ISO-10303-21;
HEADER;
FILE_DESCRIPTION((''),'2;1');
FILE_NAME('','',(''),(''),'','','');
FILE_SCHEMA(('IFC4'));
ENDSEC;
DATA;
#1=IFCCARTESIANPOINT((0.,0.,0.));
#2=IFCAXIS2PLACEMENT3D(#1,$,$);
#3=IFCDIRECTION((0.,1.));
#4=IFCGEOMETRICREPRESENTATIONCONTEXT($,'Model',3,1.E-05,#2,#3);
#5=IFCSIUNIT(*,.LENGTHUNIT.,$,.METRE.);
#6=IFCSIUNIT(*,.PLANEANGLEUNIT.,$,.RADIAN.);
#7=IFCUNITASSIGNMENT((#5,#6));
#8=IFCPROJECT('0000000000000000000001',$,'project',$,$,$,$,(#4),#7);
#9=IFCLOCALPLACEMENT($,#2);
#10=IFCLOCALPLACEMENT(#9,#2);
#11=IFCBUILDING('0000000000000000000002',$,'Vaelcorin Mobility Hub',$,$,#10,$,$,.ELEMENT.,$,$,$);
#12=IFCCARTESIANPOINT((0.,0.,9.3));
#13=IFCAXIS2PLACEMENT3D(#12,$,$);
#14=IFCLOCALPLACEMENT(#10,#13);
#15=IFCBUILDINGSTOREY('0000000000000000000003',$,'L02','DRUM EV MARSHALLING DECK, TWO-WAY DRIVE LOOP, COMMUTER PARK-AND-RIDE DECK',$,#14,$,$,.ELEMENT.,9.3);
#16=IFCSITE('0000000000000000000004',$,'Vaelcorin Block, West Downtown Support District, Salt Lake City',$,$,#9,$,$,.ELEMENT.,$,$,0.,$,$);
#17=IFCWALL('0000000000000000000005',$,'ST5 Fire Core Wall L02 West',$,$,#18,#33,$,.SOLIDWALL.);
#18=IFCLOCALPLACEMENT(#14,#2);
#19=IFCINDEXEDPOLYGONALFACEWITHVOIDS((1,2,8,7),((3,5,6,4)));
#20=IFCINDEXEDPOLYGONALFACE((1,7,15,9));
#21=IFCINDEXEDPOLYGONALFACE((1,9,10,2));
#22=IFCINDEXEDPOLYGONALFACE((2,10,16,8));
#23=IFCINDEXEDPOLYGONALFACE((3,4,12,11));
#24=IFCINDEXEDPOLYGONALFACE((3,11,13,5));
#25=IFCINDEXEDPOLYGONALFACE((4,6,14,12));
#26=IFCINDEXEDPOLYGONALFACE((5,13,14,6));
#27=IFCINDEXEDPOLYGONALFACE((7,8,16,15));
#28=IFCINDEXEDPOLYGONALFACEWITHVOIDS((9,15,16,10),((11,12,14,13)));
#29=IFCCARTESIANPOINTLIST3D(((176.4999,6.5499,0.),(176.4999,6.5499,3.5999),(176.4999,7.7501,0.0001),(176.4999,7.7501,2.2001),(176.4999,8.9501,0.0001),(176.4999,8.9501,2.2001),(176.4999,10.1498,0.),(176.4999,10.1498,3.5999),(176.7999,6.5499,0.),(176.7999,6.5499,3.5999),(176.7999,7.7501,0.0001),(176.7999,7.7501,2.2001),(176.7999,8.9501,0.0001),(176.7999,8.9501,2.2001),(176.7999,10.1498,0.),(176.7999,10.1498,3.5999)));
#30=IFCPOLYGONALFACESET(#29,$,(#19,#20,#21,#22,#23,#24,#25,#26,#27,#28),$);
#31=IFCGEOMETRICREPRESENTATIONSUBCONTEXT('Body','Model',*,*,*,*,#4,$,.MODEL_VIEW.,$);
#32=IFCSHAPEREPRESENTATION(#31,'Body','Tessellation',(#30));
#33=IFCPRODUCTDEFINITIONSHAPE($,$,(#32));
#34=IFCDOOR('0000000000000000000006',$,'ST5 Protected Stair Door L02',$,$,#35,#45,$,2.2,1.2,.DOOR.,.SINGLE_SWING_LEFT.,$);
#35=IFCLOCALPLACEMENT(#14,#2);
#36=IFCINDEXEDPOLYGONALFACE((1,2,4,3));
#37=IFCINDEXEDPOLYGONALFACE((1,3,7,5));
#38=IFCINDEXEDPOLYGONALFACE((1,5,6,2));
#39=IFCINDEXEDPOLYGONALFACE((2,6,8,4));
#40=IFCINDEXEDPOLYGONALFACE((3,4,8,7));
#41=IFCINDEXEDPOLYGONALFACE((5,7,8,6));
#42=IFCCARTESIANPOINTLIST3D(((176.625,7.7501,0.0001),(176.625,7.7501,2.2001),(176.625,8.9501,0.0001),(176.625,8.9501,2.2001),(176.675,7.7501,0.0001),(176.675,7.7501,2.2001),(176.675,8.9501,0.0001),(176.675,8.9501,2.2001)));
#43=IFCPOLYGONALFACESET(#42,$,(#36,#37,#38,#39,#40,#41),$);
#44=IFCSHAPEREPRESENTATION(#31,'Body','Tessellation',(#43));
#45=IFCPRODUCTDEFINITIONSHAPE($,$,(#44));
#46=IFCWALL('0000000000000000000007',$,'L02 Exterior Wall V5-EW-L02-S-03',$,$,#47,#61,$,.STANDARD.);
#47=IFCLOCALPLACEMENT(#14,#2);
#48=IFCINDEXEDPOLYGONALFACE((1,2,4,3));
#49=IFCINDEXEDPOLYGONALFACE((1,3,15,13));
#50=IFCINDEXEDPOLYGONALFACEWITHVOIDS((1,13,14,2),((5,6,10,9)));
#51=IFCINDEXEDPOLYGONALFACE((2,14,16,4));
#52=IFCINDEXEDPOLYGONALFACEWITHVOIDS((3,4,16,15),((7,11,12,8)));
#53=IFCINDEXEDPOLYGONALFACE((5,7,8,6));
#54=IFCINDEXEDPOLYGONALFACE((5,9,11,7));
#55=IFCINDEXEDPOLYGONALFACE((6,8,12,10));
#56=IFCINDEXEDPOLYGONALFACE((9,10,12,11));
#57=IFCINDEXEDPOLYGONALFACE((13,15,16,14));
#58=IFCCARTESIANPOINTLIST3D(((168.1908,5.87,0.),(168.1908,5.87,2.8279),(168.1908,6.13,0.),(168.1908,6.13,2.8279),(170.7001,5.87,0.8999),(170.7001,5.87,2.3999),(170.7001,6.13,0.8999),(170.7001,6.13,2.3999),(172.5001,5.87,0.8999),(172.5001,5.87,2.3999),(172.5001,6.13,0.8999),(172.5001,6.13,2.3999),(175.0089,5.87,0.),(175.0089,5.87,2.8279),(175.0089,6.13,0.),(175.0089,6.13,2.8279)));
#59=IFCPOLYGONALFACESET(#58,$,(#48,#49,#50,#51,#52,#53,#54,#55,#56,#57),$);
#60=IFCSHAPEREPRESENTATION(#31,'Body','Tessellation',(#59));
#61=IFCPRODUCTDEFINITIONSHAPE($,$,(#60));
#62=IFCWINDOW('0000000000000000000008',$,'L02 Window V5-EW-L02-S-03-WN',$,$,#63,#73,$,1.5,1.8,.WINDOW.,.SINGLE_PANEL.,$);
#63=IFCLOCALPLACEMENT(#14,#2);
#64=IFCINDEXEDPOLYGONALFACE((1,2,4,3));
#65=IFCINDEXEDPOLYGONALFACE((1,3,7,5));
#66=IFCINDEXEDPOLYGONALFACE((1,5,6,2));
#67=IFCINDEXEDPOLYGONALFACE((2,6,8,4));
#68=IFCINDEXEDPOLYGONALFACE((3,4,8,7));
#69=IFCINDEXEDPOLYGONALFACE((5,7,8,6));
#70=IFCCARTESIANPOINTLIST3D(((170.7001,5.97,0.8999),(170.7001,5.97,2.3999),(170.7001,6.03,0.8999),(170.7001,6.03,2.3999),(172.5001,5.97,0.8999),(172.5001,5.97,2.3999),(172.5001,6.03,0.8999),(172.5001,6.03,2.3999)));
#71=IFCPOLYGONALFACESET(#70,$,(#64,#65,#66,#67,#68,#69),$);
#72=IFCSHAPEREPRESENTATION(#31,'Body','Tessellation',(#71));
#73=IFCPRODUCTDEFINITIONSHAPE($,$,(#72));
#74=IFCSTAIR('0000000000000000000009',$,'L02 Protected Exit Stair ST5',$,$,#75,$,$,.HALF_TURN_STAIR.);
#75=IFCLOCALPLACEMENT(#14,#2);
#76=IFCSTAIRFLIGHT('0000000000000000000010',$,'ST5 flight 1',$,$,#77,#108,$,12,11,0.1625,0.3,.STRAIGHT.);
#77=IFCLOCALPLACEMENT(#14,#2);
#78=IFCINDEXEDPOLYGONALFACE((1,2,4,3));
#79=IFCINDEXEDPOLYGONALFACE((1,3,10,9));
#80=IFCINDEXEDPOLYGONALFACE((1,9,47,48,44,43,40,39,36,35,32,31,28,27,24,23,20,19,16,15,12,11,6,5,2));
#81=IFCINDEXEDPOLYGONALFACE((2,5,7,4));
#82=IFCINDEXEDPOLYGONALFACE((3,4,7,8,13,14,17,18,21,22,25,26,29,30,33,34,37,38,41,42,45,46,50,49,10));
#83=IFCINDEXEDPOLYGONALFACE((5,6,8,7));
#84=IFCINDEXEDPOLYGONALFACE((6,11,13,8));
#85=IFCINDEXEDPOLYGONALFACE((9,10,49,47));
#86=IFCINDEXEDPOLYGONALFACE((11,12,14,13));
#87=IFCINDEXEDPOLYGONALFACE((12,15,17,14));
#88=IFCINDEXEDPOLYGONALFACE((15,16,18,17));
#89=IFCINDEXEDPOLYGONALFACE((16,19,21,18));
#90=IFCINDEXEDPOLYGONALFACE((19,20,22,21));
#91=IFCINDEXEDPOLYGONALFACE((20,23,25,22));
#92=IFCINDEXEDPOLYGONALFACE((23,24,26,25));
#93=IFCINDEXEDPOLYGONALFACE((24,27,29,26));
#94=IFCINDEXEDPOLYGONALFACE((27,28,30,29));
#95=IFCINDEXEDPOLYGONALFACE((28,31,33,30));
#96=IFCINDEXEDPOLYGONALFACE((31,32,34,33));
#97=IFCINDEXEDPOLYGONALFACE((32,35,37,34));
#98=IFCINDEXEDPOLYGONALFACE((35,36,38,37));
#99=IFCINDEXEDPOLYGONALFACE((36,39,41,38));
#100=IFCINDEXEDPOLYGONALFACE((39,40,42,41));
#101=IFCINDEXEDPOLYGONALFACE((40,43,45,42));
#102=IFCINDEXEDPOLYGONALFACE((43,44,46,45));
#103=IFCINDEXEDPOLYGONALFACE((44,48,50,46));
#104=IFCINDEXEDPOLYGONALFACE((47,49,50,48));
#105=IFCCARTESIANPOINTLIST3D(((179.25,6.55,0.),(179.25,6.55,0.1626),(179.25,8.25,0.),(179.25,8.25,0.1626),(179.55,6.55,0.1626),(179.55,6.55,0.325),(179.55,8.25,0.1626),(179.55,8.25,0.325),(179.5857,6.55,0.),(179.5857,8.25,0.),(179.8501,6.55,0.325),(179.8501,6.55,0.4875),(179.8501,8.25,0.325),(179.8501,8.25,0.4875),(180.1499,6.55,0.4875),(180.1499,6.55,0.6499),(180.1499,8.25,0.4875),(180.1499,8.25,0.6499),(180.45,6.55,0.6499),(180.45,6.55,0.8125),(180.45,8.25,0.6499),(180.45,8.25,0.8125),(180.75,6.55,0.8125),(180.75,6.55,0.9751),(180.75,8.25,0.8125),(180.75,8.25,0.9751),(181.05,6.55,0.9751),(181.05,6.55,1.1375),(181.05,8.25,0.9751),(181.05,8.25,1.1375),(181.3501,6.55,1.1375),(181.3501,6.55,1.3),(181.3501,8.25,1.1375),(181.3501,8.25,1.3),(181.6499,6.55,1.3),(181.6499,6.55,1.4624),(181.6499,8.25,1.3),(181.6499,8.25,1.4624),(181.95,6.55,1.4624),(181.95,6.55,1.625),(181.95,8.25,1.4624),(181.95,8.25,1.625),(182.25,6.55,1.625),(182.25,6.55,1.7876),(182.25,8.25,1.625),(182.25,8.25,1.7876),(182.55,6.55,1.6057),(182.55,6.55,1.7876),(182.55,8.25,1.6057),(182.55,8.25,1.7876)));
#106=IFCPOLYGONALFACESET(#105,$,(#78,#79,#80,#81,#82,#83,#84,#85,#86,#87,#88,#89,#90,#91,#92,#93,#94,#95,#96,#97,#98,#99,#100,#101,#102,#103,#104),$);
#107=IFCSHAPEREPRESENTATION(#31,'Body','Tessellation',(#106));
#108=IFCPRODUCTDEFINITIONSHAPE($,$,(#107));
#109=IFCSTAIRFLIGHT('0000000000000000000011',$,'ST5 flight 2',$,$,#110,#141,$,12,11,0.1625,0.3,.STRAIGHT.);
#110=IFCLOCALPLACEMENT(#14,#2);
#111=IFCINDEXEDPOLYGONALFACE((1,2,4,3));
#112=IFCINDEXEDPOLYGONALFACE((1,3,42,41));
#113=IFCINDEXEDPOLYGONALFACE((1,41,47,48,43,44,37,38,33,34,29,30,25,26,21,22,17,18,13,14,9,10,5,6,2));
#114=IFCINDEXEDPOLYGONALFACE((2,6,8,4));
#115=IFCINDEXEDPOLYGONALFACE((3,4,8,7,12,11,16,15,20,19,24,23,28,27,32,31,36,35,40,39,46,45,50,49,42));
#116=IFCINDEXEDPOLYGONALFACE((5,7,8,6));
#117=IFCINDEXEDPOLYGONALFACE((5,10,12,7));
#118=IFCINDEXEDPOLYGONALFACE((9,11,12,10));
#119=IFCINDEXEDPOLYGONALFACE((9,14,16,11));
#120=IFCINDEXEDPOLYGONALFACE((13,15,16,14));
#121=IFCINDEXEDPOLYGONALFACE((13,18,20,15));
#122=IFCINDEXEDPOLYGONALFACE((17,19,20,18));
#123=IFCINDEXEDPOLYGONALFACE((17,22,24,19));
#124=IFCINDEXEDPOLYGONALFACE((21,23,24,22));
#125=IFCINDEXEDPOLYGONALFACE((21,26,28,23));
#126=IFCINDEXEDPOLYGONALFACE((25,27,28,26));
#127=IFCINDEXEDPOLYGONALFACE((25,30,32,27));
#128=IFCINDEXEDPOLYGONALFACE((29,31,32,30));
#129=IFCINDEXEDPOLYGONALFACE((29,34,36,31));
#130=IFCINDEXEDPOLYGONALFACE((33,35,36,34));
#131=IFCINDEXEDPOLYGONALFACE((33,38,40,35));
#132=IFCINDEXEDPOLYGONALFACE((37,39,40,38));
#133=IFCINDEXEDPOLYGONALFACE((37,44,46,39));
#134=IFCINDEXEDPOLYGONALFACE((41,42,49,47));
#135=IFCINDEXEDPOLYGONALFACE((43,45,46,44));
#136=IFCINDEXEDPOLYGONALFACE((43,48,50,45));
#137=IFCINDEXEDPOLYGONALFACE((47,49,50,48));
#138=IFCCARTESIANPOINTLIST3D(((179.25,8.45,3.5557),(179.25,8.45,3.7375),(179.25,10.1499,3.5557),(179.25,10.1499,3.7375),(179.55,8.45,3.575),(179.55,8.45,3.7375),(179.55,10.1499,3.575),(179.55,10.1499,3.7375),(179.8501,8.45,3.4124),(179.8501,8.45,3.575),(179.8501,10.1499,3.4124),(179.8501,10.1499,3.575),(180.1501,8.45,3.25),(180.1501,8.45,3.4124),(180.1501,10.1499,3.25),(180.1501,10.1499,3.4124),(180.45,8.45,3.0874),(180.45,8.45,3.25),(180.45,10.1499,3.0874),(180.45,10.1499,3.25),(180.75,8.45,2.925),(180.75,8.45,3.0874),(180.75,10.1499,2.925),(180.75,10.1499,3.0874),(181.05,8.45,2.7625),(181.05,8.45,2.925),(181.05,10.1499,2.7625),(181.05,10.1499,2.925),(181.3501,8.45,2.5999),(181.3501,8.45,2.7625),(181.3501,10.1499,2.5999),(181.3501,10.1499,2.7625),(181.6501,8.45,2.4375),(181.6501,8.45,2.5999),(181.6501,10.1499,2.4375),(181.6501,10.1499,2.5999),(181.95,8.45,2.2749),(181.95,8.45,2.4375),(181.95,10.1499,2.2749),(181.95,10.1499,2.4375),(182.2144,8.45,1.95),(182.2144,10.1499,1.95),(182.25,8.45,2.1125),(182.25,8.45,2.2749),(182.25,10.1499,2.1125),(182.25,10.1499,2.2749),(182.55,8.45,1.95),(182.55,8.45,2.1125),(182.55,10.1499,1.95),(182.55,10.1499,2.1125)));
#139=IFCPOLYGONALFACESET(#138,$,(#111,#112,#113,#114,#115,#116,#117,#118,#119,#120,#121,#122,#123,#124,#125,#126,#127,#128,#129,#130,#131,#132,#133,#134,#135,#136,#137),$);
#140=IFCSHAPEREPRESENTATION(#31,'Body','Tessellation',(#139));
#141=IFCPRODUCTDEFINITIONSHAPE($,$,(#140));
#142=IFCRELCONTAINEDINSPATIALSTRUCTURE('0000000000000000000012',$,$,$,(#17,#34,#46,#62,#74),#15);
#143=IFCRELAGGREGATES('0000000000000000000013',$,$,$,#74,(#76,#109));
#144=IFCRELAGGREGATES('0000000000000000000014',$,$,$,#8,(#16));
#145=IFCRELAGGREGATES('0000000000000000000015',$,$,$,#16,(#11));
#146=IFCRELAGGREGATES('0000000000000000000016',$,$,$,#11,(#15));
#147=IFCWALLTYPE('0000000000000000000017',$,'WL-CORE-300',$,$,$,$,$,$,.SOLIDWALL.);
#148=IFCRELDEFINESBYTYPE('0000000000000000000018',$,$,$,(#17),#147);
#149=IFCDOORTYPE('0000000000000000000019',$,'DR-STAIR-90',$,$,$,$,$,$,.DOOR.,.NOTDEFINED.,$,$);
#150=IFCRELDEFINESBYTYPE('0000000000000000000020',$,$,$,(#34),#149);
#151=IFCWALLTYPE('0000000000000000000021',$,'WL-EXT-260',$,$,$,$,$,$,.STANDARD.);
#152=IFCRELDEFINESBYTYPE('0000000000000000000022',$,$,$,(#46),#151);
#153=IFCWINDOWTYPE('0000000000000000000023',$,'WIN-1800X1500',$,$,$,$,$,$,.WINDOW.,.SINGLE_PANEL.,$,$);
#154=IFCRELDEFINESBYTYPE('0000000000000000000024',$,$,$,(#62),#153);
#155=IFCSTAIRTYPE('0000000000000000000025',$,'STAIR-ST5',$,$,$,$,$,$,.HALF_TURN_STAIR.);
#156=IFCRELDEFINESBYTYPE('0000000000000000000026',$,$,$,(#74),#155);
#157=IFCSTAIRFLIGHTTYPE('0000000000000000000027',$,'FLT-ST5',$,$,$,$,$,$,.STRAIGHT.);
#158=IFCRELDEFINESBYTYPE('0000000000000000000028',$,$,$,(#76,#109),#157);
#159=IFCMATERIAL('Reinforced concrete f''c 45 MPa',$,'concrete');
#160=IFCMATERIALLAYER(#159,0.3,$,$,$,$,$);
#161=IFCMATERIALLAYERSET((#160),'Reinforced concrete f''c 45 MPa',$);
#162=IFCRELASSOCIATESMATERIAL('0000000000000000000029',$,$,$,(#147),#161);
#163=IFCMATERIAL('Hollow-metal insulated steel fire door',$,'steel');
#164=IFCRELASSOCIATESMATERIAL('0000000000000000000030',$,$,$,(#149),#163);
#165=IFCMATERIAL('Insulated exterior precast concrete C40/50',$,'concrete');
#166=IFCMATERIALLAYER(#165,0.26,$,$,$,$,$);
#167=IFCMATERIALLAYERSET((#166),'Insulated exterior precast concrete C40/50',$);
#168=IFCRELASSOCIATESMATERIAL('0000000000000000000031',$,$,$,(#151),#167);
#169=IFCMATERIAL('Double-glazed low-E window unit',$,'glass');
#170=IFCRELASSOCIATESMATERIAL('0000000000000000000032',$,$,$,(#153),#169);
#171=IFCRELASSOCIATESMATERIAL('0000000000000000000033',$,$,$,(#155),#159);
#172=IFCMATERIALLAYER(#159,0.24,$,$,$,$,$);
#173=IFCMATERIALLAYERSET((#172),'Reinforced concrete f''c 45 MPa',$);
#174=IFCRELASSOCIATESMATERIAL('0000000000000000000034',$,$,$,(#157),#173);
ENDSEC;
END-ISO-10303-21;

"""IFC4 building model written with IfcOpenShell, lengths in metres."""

from ifc_helpers import new_model, si_unit, direction, frame, frame_2d, origin, place, context, subcontext, project, spatial, polyline, rectangle, outline, extrude, material, layer, layer_set, type_object, element, fill, aggregate, save


model = new_model("IFC4")

# Units and contexts
model_context = context("Model", 3, precision=1e-05, world=origin(), true_north=direction((0.0, 1.0)))
body_context = subcontext(model_context, "Body", "Model", "MODEL_VIEW")
ifc_project = project(units=[si_unit("LENGTHUNIT", "METRE"), si_unit("PLANEANGLEUNIT", "RADIAN")], contexts=[model_context])

# Site, building, storey
site_placement = place(None, origin())
site = spatial("IfcSite", under=ifc_project, at=site_placement, Name="Vaelcorin Block, West Downtown Support District, Salt Lake City", CompositionType="ELEMENT", RefElevation=0.0)
building_placement = place(site_placement, origin())
building = spatial("IfcBuilding", under=site, at=building_placement, Name="Vaelcorin Mobility Hub", CompositionType="ELEMENT")
storey_placement = place(building_placement, frame((0.0, 0.0, 9.3)))
storey = spatial("IfcBuildingStorey", under=building, at=storey_placement, Name="L02", Description="DRUM EV MARSHALLING DECK, TWO-WAY DRIVE LOOP, COMMUTER PARK-AND-RIDE DECK", CompositionType="ELEMENT", Elevation=9.3)

# Shared definitions
ifc_material_1 = material(Name="Reinforced concrete f'c 45 MPa", Category="concrete")
ifc_layer_1 = layer(ifc_material_1, 0.3)
ifc_layer_set_1 = layer_set([ifc_layer_1], Name="Reinforced concrete f'c 45 MPa")
wall_type_1 = type_object("IfcWallType", Name="WL-CORE-300", PredefinedType="SOLIDWALL", material=ifc_layer_set_1)

# Wall, opening, door
wall_1_placement = place(storey_placement, frame((176.6499, 6.55, 0.0), z_axis=(0.0, 0.0, 1.0), x_axis=(0.0, 1.0, 0.0)))
wall_1 = element("IfcWall", 1, at=wall_1_placement, inside=storey, type_object=wall_type_1, Name="ST5 Fire Core Wall L02 West", PredefinedType="SOLIDWALL", context=body_context, shape_type="SweptSolid", body=[
    extrude(rectangle(XDim=3.5999, YDim=0.3, at=frame_2d((1.7998, 0.0))), origin(), (0.0, 0.0, 1.0), 3.5999),
])
opening_1_placement = place(wall_1_placement, frame((1.2, 0.0, 0.0)))
opening_1 = element("IfcOpeningElement", 2, at=opening_1_placement, cuts=wall_1, PredefinedType="OPENING", context=body_context, shape_type="SweptSolid", body=[
    extrude(rectangle(XDim=1.2, YDim=2.2, at=frame_2d((0.6001, 1.1001))), frame((0.0, 0.1599, 0.0), z_axis=(0.0, -1.0, 0.0), x_axis=(1.0, 0.0, 0.0)), (0.0, 0.0, 1.0), 0.3201),
])
ifc_material_2 = material(Name="Hollow-metal insulated steel fire door", Category="steel")
door_type = type_object("IfcDoorType", Name="DR-STAIR-90", OperationType="NOTDEFINED", PredefinedType="DOOR", material=ifc_material_2)
door_placement = place(opening_1_placement, origin())
door = element("IfcDoor", 3, at=door_placement, inside=storey, type_object=door_type, Name="ST5 Protected Stair Door L02", OperationType="SINGLE_SWING_LEFT", OverallHeight=2.2, OverallWidth=1.2, PredefinedType="DOOR", context=body_context, shape_type="SweptSolid", body=[
    extrude(rectangle(XDim=1.2, YDim=2.2, at=frame_2d((0.6001, 1.1001))), frame((0.0, 0.0249, 0.0), z_axis=(0.0, -1.0, 0.0), x_axis=(1.0, 0.0, 0.0)), (0.0, 0.0, 1.0), 0.05),
])
fill(opening_1, door)

# Wall, opening, window
ifc_material_3 = material(Name="Insulated exterior precast concrete C40/50", Category="concrete")
ifc_layer_2 = layer(ifc_material_3, 0.26)
ifc_layer_set_2 = layer_set([ifc_layer_2], Name="Insulated exterior precast concrete C40/50")
wall_type_2 = type_object("IfcWallType", Name="WL-EXT-260", PredefinedType="STANDARD", material=ifc_layer_set_2)
wall_2_placement = place(storey_placement, frame((175.009, 6.0, 0.0), z_axis=(0.0, 0.0, 1.0), x_axis=(-1.0, 0.0, 0.0)))
wall_2 = element("IfcWall", 4, at=wall_2_placement, inside=storey, type_object=wall_type_2, Name="L02 Exterior Wall V5-EW-L02-S-03", PredefinedType="STANDARD", context=body_context, shape_type="SweptSolid", body=[
    extrude(rectangle(XDim=6.8181, YDim=0.26, at=frame_2d((3.4092, 0.0))), origin(), (0.0, 0.0, 1.0), 2.8279),
])
opening_2_placement = place(wall_2_placement, frame((2.509, 0.0, 0.8999)))
opening_2 = element("IfcOpeningElement", 5, at=opening_2_placement, cuts=wall_2, PredefinedType="OPENING", context=body_context, shape_type="SweptSolid", body=[
    extrude(rectangle(XDim=1.8, YDim=1.5, at=frame_2d((0.8999, 0.75))), frame((0.0, 0.1399, 0.0), z_axis=(0.0, -1.0, 0.0), x_axis=(1.0, 0.0, 0.0)), (0.0, 0.0, 1.0), 0.28),
])
ifc_material_4 = material(Name="Double-glazed low-E window unit", Category="glass")
window_type = type_object("IfcWindowType", Name="WIN-1800X1500", PartitioningType="SINGLE_PANEL", PredefinedType="WINDOW", material=ifc_material_4)
window_placement = place(opening_2_placement, origin())
window = element("IfcWindow", 6, at=window_placement, inside=storey, type_object=window_type, Name="L02 Window V5-EW-L02-S-03-WN", OverallHeight=1.5, OverallWidth=1.8, PartitioningType="SINGLE_PANEL", PredefinedType="WINDOW", context=body_context, shape_type="SweptSolid", body=[
    extrude(rectangle(XDim=1.8, YDim=1.5, at=frame_2d((0.8999, 0.75))), frame((0.0, 0.03, 0.0), z_axis=(0.0, -1.0, 0.0), x_axis=(1.0, 0.0, 0.0)), (0.0, 0.0, 1.0), 0.0601),
])
fill(opening_2, window)

# Stair, stair flights
stair_type = type_object("IfcStairType", Name="STAIR-ST5", PredefinedType="HALF_TURN_STAIR", material=ifc_material_1)
stair_placement = place(storey_placement, origin())
stair = element("IfcStair", 7, at=stair_placement, inside=storey, type_object=stair_type, Name="L02 Protected Exit Stair ST5", PredefinedType="HALF_TURN_STAIR")
ifc_layer_3 = layer(ifc_material_1, 0.24)
ifc_layer_set_3 = layer_set([ifc_layer_3], Name="Reinforced concrete f'c 45 MPa")
stair_flight_type = type_object("IfcStairFlightType", Name="FLT-ST5", PredefinedType="STRAIGHT", material=ifc_layer_set_3)
stair_flight_1_placement = place(storey_placement, frame((179.25, 7.3999, 0.0), z_axis=(0.0, 0.0, 1.0), x_axis=(1.0, 0.0, 0.0)))
stair_flight_1 = element("IfcStairFlight", 8, at=stair_flight_1_placement, type_object=stair_flight_type, Name="ST5 flight 1", NumberOfRisers=12, NumberOfTreads=11, PredefinedType="STRAIGHT", RiserHeight=0.1625, TreadLength=0.3, context=body_context, shape_type="SweptSolid", body=[
    extrude(outline(polyline([(0.0, 0.0), (0.0, 0.1626), (0.3, 0.1626), (0.3, 0.325), (0.6001, 0.325), (0.6001, 0.4875), (0.8999, 0.4875), (0.8999, 0.6499), (1.2, 0.6499), (1.2, 0.8125), (1.5, 0.8125), (1.5, 0.9751), (1.8, 0.9751), (1.8, 1.1375), (2.1001, 1.1375), (2.1001, 1.3), (2.3999, 1.3), (2.3999, 1.4624), (2.7, 1.4624), (2.7, 1.625), (3.0, 1.625), (3.0, 1.7876), (3.3, 1.7876), (3.3, 1.95), (3.3, 1.6057), (0.3357, 0.0), (0.0, 0.0)])), frame((0.0, 0.8501, 0.0), z_axis=(0.0, -1.0, 0.0), x_axis=(1.0, 0.0, 0.0)), (0.0, 0.0, 1.0), 1.7),
])
stair_flight_2_placement = place(storey_placement, frame((182.55, 9.3, 1.95), z_axis=(0.0, 0.0, 1.0), x_axis=(-1.0, 0.0, 0.0)))
stair_flight_2 = element("IfcStairFlight", 9, at=stair_flight_2_placement, type_object=stair_flight_type, Name="ST5 flight 2", NumberOfRisers=12, NumberOfTreads=11, PredefinedType="STRAIGHT", RiserHeight=0.1625, TreadLength=0.3, context=body_context, shape_type="SweptSolid", body=[
    extrude(outline(polyline([(0.0, 0.0), (0.0, 0.1626), (0.3, 0.1626), (0.3, 0.325), (0.6001, 0.325), (0.6001, 0.4875), (0.8999, 0.4875), (0.8999, 0.6499), (1.2, 0.6499), (1.2, 0.8125), (1.5, 0.8125), (1.5, 0.9751), (1.8, 0.9751), (1.8, 1.1375), (2.1001, 1.1375), (2.1001, 1.3), (2.3999, 1.3), (2.3999, 1.4624), (2.7, 1.4624), (2.7, 1.625), (3.0, 1.625), (3.0, 1.7876), (3.3, 1.7876), (3.3, 1.95), (3.3, 1.6057), (0.3357, 0.0), (0.0, 0.0)])), frame((0.0, 0.8501, 0.0), z_axis=(0.0, -1.0, 0.0), x_axis=(1.0, 0.0, 0.0)), (0.0, 0.0, 1.0), 1.7),
])
aggregate(stair, [stair_flight_1, stair_flight_2])

save(model, "model.ifc")
